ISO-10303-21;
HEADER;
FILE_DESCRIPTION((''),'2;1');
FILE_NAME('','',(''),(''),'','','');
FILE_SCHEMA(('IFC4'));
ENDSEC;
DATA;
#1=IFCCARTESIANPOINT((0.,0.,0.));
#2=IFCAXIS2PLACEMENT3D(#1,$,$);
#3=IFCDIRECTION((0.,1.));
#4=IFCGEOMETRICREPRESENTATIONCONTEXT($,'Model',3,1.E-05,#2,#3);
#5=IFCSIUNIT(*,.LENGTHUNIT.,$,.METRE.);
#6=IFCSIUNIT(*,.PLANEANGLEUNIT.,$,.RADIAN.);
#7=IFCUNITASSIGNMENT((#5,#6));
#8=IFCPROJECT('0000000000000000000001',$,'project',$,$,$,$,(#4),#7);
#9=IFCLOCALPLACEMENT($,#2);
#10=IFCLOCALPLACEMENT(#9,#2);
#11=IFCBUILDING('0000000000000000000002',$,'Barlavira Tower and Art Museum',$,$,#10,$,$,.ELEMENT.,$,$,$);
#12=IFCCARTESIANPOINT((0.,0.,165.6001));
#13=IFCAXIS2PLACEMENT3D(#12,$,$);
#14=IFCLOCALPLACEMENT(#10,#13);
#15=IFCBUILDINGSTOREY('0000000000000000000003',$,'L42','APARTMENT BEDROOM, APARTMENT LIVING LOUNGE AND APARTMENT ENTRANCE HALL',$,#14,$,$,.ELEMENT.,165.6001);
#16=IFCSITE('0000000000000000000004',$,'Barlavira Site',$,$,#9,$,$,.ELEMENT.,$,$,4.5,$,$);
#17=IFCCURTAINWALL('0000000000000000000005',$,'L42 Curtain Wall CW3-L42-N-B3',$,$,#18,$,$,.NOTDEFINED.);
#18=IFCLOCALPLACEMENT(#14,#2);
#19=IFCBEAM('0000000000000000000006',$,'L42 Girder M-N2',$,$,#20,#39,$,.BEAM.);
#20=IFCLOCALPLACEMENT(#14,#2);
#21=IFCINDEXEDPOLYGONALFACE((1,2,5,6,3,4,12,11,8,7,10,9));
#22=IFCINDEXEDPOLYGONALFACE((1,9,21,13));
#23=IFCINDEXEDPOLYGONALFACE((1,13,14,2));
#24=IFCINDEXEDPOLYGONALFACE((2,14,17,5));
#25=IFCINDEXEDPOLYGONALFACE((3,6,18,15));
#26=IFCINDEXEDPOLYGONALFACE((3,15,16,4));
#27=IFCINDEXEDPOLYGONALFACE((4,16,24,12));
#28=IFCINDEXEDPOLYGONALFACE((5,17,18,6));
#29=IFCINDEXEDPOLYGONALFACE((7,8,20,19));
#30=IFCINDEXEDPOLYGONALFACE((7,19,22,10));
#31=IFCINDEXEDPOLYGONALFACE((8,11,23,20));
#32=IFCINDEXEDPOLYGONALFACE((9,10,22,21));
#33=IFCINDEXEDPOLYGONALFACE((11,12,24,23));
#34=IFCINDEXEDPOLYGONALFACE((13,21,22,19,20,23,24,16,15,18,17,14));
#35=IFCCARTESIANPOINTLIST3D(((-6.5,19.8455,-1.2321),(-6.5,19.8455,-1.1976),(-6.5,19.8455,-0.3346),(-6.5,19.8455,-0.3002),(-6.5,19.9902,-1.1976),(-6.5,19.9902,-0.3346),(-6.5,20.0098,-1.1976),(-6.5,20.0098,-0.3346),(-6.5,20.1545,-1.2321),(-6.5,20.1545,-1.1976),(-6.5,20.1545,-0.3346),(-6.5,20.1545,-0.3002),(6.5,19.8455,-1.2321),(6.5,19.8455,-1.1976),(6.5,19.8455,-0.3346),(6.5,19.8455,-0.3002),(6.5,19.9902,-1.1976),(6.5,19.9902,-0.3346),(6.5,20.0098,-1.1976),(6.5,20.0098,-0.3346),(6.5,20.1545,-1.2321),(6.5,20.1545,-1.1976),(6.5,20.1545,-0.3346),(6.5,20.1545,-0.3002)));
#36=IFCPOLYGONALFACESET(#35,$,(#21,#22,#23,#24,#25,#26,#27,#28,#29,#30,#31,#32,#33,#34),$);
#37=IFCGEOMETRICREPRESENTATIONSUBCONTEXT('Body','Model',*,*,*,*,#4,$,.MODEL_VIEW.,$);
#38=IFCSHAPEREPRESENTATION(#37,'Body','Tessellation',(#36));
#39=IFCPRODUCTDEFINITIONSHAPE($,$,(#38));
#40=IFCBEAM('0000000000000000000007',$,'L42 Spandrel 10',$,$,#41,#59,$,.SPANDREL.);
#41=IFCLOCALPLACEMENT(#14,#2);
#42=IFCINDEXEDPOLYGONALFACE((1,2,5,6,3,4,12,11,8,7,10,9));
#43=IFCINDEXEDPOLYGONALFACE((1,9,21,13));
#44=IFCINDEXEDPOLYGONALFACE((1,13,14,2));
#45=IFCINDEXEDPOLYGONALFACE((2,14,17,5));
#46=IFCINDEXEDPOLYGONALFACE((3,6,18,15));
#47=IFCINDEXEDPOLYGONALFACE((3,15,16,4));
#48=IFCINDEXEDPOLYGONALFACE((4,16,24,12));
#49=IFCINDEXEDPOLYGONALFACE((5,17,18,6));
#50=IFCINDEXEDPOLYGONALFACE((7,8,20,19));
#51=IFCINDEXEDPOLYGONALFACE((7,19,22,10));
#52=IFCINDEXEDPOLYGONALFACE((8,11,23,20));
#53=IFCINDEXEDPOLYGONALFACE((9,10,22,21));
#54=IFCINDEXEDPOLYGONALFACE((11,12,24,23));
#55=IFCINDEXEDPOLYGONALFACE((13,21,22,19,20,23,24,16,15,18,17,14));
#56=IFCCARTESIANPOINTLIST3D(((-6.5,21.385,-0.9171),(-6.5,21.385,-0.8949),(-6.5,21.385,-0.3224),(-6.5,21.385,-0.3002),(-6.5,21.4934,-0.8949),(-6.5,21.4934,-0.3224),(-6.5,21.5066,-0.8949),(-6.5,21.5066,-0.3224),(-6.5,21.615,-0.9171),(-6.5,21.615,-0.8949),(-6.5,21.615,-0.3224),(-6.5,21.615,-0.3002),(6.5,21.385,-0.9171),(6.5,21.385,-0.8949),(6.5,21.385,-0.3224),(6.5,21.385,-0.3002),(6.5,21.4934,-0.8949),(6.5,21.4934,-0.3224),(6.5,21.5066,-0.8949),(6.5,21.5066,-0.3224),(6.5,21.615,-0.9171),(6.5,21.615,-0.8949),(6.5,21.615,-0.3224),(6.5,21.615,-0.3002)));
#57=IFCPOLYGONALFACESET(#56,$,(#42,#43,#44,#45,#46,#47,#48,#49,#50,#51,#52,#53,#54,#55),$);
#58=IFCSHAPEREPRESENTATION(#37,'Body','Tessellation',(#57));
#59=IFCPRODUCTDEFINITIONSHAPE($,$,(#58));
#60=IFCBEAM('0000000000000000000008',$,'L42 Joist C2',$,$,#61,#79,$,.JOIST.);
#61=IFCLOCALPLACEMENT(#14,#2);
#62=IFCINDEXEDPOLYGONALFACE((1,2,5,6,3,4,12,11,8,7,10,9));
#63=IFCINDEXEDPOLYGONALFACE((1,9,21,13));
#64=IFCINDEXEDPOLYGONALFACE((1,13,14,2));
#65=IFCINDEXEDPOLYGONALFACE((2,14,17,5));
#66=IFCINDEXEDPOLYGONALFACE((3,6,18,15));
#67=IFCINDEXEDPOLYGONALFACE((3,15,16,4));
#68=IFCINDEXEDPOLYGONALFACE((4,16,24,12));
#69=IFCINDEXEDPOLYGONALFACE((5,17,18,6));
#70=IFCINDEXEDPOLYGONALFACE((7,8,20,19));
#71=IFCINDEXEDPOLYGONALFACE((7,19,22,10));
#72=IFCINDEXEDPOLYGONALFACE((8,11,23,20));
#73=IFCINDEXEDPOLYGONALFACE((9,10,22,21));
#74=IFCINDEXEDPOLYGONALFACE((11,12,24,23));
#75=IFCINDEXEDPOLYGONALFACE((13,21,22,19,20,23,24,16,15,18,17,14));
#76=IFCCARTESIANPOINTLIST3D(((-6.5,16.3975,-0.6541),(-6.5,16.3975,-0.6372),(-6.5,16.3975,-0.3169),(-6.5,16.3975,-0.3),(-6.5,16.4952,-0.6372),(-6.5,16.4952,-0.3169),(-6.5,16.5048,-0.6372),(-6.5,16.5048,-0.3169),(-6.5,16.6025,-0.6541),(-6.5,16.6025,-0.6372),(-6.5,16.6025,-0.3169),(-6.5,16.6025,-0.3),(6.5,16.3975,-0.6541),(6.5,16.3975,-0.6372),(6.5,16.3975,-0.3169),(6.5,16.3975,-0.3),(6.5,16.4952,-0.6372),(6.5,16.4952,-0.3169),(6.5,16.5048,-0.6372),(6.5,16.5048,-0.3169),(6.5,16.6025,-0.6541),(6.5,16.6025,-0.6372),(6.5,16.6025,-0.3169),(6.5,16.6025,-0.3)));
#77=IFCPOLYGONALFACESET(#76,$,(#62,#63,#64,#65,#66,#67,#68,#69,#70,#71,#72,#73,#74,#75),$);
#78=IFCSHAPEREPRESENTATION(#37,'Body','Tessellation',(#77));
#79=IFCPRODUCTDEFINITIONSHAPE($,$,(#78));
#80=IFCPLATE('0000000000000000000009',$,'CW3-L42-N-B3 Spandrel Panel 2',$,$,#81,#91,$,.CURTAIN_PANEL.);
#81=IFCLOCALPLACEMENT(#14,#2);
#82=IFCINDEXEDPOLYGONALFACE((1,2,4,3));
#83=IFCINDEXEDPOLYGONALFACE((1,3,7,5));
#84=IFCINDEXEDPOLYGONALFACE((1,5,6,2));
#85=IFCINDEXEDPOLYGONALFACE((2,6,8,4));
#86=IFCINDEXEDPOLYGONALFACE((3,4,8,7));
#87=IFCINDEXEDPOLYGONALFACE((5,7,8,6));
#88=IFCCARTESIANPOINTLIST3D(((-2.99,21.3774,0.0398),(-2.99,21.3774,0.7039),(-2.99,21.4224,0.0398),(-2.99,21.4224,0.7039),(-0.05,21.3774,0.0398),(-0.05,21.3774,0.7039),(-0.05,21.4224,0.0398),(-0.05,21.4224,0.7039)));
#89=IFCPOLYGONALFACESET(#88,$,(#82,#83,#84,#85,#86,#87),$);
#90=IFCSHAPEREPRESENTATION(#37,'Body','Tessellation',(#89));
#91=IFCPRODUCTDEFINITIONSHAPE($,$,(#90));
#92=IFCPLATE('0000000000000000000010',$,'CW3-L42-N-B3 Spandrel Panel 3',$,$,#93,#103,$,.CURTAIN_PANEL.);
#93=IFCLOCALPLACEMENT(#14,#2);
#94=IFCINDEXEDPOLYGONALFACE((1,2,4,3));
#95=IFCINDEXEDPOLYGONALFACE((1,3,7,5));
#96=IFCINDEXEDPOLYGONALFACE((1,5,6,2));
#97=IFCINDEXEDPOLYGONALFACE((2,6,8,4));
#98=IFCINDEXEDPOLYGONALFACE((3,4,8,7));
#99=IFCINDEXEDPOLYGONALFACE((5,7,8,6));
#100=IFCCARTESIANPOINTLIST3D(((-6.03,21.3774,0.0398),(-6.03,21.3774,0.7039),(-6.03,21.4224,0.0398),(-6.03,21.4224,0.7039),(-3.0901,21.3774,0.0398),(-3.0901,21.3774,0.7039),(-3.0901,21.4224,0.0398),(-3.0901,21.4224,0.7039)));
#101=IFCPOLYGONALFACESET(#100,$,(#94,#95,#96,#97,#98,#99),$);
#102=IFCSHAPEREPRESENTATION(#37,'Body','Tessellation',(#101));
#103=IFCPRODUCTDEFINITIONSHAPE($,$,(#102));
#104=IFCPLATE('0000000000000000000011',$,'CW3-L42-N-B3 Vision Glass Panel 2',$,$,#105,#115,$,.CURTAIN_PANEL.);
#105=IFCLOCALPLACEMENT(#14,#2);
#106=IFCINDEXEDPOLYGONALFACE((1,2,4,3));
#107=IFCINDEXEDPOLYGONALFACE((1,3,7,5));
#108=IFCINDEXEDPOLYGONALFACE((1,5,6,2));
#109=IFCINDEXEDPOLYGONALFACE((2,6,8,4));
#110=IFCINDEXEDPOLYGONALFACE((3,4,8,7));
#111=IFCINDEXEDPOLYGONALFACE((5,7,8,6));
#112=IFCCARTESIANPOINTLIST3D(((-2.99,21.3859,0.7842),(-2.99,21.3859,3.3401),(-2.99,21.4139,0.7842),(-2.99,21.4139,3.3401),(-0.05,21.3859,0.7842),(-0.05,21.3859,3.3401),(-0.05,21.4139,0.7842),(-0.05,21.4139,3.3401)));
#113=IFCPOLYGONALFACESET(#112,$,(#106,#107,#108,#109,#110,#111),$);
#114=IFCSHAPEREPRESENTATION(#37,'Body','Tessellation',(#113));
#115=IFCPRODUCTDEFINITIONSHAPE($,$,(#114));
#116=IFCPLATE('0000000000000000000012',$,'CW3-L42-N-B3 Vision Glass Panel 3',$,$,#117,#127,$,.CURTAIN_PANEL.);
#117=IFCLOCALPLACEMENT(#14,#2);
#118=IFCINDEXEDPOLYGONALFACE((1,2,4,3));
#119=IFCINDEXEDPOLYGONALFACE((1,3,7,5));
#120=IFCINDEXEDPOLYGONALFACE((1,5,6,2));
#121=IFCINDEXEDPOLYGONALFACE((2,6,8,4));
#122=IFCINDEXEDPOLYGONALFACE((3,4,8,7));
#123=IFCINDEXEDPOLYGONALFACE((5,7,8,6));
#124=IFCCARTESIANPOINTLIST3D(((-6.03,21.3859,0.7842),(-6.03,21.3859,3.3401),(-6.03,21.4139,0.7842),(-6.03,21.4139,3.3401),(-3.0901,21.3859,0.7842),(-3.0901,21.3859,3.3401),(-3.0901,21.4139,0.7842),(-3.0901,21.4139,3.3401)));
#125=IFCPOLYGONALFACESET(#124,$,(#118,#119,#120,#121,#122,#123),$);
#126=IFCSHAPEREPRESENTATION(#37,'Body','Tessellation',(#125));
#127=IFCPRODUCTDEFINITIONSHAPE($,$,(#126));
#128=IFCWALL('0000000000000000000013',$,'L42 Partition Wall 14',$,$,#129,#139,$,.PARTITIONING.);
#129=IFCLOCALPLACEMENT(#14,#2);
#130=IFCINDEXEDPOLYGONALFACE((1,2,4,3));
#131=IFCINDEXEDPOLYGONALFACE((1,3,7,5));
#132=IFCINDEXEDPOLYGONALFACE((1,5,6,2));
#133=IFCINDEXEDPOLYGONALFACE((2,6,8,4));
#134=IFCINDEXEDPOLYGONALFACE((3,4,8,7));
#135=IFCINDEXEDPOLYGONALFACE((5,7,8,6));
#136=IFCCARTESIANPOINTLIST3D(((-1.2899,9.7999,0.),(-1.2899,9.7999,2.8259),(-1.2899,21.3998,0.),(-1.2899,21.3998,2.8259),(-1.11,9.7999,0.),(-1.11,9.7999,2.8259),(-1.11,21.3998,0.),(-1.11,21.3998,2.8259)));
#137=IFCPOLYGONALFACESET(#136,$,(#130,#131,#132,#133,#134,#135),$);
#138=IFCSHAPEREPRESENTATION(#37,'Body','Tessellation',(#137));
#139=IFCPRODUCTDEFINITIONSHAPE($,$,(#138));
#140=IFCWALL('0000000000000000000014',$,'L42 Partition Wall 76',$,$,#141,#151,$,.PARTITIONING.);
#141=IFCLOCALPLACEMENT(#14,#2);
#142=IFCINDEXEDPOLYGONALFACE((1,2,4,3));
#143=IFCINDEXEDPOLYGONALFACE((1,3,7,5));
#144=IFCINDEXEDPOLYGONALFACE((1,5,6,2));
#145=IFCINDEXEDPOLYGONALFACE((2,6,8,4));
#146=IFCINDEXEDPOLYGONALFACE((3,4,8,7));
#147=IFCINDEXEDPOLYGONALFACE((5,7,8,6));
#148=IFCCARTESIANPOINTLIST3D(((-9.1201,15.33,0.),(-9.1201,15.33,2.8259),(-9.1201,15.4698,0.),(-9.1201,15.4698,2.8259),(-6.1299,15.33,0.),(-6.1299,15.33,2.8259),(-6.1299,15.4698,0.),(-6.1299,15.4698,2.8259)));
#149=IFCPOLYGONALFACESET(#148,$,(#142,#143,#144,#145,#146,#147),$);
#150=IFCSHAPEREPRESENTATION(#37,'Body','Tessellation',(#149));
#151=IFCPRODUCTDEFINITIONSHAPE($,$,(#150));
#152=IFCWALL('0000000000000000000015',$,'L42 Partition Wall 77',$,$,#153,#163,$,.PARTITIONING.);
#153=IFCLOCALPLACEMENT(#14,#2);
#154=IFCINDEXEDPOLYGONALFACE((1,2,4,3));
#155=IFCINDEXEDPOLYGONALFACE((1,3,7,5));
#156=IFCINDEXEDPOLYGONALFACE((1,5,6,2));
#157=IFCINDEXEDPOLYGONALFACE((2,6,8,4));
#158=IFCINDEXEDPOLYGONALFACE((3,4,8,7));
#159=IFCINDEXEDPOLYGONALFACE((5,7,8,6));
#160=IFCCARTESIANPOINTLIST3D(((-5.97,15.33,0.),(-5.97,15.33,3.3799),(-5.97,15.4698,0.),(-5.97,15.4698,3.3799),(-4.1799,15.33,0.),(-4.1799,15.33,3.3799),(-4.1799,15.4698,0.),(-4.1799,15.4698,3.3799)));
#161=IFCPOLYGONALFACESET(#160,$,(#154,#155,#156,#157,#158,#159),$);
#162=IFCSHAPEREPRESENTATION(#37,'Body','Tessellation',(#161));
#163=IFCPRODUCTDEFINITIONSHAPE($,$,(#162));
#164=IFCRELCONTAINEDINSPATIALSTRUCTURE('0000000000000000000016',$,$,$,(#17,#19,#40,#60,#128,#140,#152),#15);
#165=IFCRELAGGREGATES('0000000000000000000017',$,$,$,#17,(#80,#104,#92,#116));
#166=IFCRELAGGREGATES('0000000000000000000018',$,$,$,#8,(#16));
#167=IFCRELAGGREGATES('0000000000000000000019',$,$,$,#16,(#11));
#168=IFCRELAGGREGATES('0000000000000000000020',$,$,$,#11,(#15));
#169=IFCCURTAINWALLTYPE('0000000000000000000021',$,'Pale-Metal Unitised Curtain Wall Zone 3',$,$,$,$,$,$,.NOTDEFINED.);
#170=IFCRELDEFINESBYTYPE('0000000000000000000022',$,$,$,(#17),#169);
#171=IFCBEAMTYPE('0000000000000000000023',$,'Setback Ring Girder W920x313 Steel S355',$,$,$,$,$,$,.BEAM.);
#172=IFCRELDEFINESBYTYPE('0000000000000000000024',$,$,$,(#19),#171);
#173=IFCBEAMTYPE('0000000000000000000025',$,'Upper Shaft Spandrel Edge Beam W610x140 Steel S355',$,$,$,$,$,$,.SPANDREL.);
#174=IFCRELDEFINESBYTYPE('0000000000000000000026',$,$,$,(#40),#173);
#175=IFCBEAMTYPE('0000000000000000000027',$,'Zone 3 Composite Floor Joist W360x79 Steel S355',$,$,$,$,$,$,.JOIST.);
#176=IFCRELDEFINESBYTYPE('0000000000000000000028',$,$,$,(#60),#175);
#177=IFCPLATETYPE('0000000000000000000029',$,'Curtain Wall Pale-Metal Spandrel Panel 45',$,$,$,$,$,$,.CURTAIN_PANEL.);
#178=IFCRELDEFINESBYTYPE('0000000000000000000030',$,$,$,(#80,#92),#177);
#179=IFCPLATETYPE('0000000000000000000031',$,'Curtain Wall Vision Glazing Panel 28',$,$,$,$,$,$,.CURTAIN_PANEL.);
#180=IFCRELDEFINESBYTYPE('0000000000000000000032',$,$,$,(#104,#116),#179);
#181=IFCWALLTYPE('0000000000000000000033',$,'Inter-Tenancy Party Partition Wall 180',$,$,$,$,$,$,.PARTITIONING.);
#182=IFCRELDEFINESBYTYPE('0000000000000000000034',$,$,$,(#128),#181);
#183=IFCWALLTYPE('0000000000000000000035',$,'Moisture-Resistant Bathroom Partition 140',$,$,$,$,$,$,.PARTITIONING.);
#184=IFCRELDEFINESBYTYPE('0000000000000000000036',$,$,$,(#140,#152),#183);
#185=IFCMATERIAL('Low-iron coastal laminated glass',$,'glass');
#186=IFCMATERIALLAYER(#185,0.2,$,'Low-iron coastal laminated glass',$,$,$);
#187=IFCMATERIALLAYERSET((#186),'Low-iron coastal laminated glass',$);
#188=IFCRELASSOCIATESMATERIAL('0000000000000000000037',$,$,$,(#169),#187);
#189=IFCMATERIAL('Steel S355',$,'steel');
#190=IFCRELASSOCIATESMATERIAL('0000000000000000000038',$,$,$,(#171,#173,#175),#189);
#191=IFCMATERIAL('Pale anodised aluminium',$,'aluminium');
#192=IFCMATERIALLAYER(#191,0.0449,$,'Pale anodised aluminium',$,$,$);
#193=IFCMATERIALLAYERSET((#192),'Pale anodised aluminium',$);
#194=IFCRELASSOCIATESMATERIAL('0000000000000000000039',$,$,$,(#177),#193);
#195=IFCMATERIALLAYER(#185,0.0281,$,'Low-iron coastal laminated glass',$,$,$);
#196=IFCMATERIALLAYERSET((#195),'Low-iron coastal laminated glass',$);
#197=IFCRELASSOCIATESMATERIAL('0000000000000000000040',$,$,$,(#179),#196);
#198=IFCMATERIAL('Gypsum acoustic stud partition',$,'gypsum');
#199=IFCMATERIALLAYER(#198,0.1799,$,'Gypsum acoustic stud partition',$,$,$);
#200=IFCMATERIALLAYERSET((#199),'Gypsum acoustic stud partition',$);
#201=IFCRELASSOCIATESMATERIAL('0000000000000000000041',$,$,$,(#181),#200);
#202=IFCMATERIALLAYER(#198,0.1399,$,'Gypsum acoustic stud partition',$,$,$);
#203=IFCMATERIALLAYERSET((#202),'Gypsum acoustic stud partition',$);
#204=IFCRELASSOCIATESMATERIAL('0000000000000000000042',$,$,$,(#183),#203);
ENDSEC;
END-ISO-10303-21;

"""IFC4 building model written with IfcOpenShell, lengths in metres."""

from ifc_helpers import new_model, si_unit, direction, frame, frame_2d, origin, origin_2d, place, context, subcontext, project, spatial, rectangle, i_section, extrude, material, layer, layer_set, material_profile, profile_set, type_object, element, aggregate, save


model = new_model("IFC4")

# Units and contexts
model_context = context("Model", 3, precision=1e-05, world=origin(), true_north=direction((0.0, 1.0)))
body_context = subcontext(model_context, "Body", "Model", "MODEL_VIEW")
ifc_project = project(units=[si_unit("LENGTHUNIT", "METRE"), si_unit("PLANEANGLEUNIT", "RADIAN")], contexts=[model_context])

# Site, building, storey
site_placement = place(None, origin())
site = spatial("IfcSite", under=ifc_project, at=site_placement, Name="Barlavira Site", CompositionType="ELEMENT", RefElevation=4.5)
building_placement = place(site_placement, origin())
building = spatial("IfcBuilding", under=site, at=building_placement, Name="Barlavira Tower and Art Museum", CompositionType="ELEMENT")
storey_placement = place(building_placement, frame((0.0, 0.0, 165.6001)))
storey = spatial("IfcBuildingStorey", under=building, at=storey_placement, Name="L42", Description="APARTMENT BEDROOM, APARTMENT LIVING LOUNGE AND APARTMENT ENTRANCE HALL", CompositionType="ELEMENT", Elevation=165.6001)

# Curtain wall
ifc_material_1 = material(Name="Low-iron coastal laminated glass", Category="glass")
ifc_layer_1 = layer(ifc_material_1, 0.2, Name="Low-iron coastal laminated glass")
ifc_layer_set_1 = layer_set([ifc_layer_1], Name="Low-iron coastal laminated glass")
curtain_wall_type = type_object("IfcCurtainWallType", Name="Pale-Metal Unitised Curtain Wall Zone 3", PredefinedType="NOTDEFINED", material=ifc_layer_set_1)
curtain_wall_placement = place(storey_placement, origin())
curtain_wall = element("IfcCurtainWall", 1, at=curtain_wall_placement, inside=storey, type_object=curtain_wall_type, Name="L42 Curtain Wall CW3-L42-N-B3", PredefinedType="NOTDEFINED")
ifc_material_2 = material(Name="Pale anodised aluminium", Category="aluminium")

# Beams
ifc_material_3 = material(Name="Steel S355", Category="steel")
ifc_material_profile_1 = material_profile(ifc_material_3, i_section(OverallWidth=0.3091, OverallDepth=0.9319, WebThickness=0.0195, FlangeThickness=0.0344, at=origin_2d()), Name="W920x313.0")
ifc_profile_set_1 = profile_set([ifc_material_profile_1], Name="Steel S355")
beam_type_1 = type_object("IfcBeamType", Name="Setback Ring Girder W920x313 Steel S355", PredefinedType="BEAM", material=ifc_profile_set_1)
beam_1_placement = place(storey_placement, frame((-6.5, 20.0, -0.7661), z_axis=(1.0, 0.0, 0.0), x_axis=(0.0, 1.0, 0.0)))
element("IfcBeam", 2, at=beam_1_placement, inside=storey, type_object=beam_type_1, Name="L42 Girder M-N2", PredefinedType="BEAM", context=body_context, shape_type="SweptSolid", body=[
    extrude(i_section(OverallWidth=0.3091, OverallDepth=0.9319, WebThickness=0.0195, FlangeThickness=0.0344, at=origin_2d()), origin(), (0.0, 0.0, 1.0), 13.0),
])
ifc_material_profile_2 = material_profile(ifc_material_3, i_section(OverallWidth=0.23, OverallDepth=0.6169, WebThickness=0.0132, FlangeThickness=0.0222, at=origin_2d()), Name="W610x140.0")
ifc_profile_set_2 = profile_set([ifc_material_profile_2], Name="Steel S355")
beam_type_2 = type_object("IfcBeamType", Name="Upper Shaft Spandrel Edge Beam W610x140 Steel S355", PredefinedType="SPANDREL", material=ifc_profile_set_2)
beam_2_placement = place(storey_placement, frame((-6.5, 21.5, -0.6086), z_axis=(1.0, 0.0, 0.0), x_axis=(0.0, 1.0, 0.0)))
element("IfcBeam", 3, at=beam_2_placement, inside=storey, type_object=beam_type_2, Name="L42 Spandrel 10", PredefinedType="SPANDREL", context=body_context, shape_type="SweptSolid", body=[
    extrude(i_section(OverallWidth=0.23, OverallDepth=0.6169, WebThickness=0.0132, FlangeThickness=0.0222, at=origin_2d()), origin(), (0.0, 0.0, 1.0), 13.0),
])
ifc_material_profile_3 = material_profile(ifc_material_3, i_section(OverallWidth=0.2051, OverallDepth=0.354, WebThickness=0.0095, FlangeThickness=0.0168, at=origin_2d()), Name="W360x79.0")
ifc_profile_set_3 = profile_set([ifc_material_profile_3], Name="Steel S355")
beam_type_3 = type_object("IfcBeamType", Name="Zone 3 Composite Floor Joist W360x79 Steel S355", PredefinedType="JOIST", material=ifc_profile_set_3)
beam_3_placement = place(storey_placement, frame((-6.5, 16.5, -0.4771), z_axis=(1.0, 0.0, 0.0), x_axis=(0.0, 1.0, 0.0)))
element("IfcBeam", 4, at=beam_3_placement, inside=storey, type_object=beam_type_3, Name="L42 Joist C2", PredefinedType="JOIST", context=body_context, shape_type="SweptSolid", body=[
    extrude(i_section(OverallWidth=0.2051, OverallDepth=0.354, WebThickness=0.0095, FlangeThickness=0.0168, at=origin_2d()), origin(), (0.0, 0.0, 1.0), 13.0),
])

# Plates
ifc_layer_2 = layer(ifc_material_2, 0.0449, Name="Pale anodised aluminium")
ifc_layer_set_2 = layer_set([ifc_layer_2], Name="Pale anodised aluminium")
plate_type_1 = type_object("IfcPlateType", Name="Curtain Wall Pale-Metal Spandrel Panel 45", PredefinedType="CURTAIN_PANEL", material=ifc_layer_set_2)
plate_1_placement = place(storey_placement, frame((-1.52, 21.3999, 0.0398), z_axis=(0.0, 0.0, 1.0), x_axis=(-1.0, 0.0, 0.0)))
plate_1 = element("IfcPlate", 5, at=plate_1_placement, type_object=plate_type_1, Name="CW3-L42-N-B3 Spandrel Panel 2", PredefinedType="CURTAIN_PANEL", context=body_context, shape_type="SweptSolid", body=[
    extrude(rectangle(XDim=2.9399, YDim=0.0449, at=origin_2d()), origin(), (0.0, 0.0, 1.0), 0.6641),
])
plate_2_placement = place(storey_placement, frame((-4.5601, 21.3999, 0.0398), z_axis=(0.0, 0.0, 1.0), x_axis=(-1.0, 0.0, 0.0)))
plate_2 = element("IfcPlate", 6, at=plate_2_placement, type_object=plate_type_1, Name="CW3-L42-N-B3 Spandrel Panel 3", PredefinedType="CURTAIN_PANEL", context=body_context, shape_type="SweptSolid", body=[
    extrude(rectangle(XDim=2.9399, YDim=0.0449, at=origin_2d()), origin(), (0.0, 0.0, 1.0), 0.6641),
])
ifc_layer_3 = layer(ifc_material_1, 0.0281, Name="Low-iron coastal laminated glass")
ifc_layer_set_3 = layer_set([ifc_layer_3], Name="Low-iron coastal laminated glass")
plate_type_2 = type_object("IfcPlateType", Name="Curtain Wall Vision Glazing Panel 28", PredefinedType="CURTAIN_PANEL", material=ifc_layer_set_3)
plate_3_placement = place(storey_placement, frame((-1.52, 21.3999, 0.7842), z_axis=(0.0, 0.0, 1.0), x_axis=(-1.0, 0.0, 0.0)))
plate_3 = element("IfcPlate", 7, at=plate_3_placement, type_object=plate_type_2, Name="CW3-L42-N-B3 Vision Glass Panel 2", PredefinedType="CURTAIN_PANEL", context=body_context, shape_type="SweptSolid", body=[
    extrude(rectangle(XDim=2.9399, YDim=0.0281, at=origin_2d()), origin(), (0.0, 0.0, 1.0), 2.5559),
])
plate_4_placement = place(storey_placement, frame((-4.5601, 21.3999, 0.7842), z_axis=(0.0, 0.0, 1.0), x_axis=(-1.0, 0.0, 0.0)))
plate_4 = element("IfcPlate", 8, at=plate_4_placement, type_object=plate_type_2, Name="CW3-L42-N-B3 Vision Glass Panel 3", PredefinedType="CURTAIN_PANEL", context=body_context, shape_type="SweptSolid", body=[
    extrude(rectangle(XDim=2.9399, YDim=0.0281, at=origin_2d()), origin(), (0.0, 0.0, 1.0), 2.5559),
])
aggregate(curtain_wall, [plate_1, plate_3, plate_2, plate_4])

# Wall
ifc_material_4 = material(Name="Gypsum acoustic stud partition", Category="gypsum")
ifc_layer_4 = layer(ifc_material_4, 0.1799, Name="Gypsum acoustic stud partition")
ifc_layer_set_4 = layer_set([ifc_layer_4], Name="Gypsum acoustic stud partition")
wall_type_1 = type_object("IfcWallType", Name="Inter-Tenancy Party Partition Wall 180", PredefinedType="PARTITIONING", material=ifc_layer_set_4)
wall_1_placement = place(storey_placement, frame((-1.2, 9.8, 0.0), z_axis=(0.0, 0.0, 1.0), x_axis=(0.0, 1.0, 0.0)))
element("IfcWall", 9, at=wall_1_placement, inside=storey, type_object=wall_type_1, Name="L42 Partition Wall 14", PredefinedType="PARTITIONING", context=body_context, shape_type="SweptSolid", body=[
    extrude(rectangle(XDim=11.5999, YDim=0.1799, at=frame_2d((5.7998, 0.0))), origin(), (0.0, 0.0, 1.0), 2.8259),
])

# Walls
ifc_layer_5 = layer(ifc_material_4, 0.1399, Name="Gypsum acoustic stud partition")
ifc_layer_set_5 = layer_set([ifc_layer_5], Name="Gypsum acoustic stud partition")
wall_type_2 = type_object("IfcWallType", Name="Moisture-Resistant Bathroom Partition 140", PredefinedType="PARTITIONING", material=ifc_layer_set_5)
wall_2_placement = place(storey_placement, frame((-9.1201, 15.3999, 0.0), z_axis=(0.0, 0.0, 1.0), x_axis=(1.0, 0.0, 0.0)))
element("IfcWall", 10, at=wall_2_placement, inside=storey, type_object=wall_type_2, Name="L42 Partition Wall 76", PredefinedType="PARTITIONING", context=body_context, shape_type="SweptSolid", body=[
    extrude(rectangle(XDim=2.9902, YDim=0.1399, at=frame_2d((1.4951, 0.0))), origin(), (0.0, 0.0, 1.0), 2.8259),
])
wall_3_placement = place(storey_placement, frame((-5.97, 15.3999, 0.0), z_axis=(0.0, 0.0, 1.0), x_axis=(1.0, 0.0, 0.0)))
element("IfcWall", 11, at=wall_3_placement, inside=storey, type_object=wall_type_2, Name="L42 Partition Wall 77", PredefinedType="PARTITIONING", context=body_context, shape_type="SweptSolid", body=[
    extrude(rectangle(XDim=1.79, YDim=0.1399, at=frame_2d((0.895, 0.0))), origin(), (0.0, 0.0, 1.0), 3.3799),
])

save(model, "model.ifc")
